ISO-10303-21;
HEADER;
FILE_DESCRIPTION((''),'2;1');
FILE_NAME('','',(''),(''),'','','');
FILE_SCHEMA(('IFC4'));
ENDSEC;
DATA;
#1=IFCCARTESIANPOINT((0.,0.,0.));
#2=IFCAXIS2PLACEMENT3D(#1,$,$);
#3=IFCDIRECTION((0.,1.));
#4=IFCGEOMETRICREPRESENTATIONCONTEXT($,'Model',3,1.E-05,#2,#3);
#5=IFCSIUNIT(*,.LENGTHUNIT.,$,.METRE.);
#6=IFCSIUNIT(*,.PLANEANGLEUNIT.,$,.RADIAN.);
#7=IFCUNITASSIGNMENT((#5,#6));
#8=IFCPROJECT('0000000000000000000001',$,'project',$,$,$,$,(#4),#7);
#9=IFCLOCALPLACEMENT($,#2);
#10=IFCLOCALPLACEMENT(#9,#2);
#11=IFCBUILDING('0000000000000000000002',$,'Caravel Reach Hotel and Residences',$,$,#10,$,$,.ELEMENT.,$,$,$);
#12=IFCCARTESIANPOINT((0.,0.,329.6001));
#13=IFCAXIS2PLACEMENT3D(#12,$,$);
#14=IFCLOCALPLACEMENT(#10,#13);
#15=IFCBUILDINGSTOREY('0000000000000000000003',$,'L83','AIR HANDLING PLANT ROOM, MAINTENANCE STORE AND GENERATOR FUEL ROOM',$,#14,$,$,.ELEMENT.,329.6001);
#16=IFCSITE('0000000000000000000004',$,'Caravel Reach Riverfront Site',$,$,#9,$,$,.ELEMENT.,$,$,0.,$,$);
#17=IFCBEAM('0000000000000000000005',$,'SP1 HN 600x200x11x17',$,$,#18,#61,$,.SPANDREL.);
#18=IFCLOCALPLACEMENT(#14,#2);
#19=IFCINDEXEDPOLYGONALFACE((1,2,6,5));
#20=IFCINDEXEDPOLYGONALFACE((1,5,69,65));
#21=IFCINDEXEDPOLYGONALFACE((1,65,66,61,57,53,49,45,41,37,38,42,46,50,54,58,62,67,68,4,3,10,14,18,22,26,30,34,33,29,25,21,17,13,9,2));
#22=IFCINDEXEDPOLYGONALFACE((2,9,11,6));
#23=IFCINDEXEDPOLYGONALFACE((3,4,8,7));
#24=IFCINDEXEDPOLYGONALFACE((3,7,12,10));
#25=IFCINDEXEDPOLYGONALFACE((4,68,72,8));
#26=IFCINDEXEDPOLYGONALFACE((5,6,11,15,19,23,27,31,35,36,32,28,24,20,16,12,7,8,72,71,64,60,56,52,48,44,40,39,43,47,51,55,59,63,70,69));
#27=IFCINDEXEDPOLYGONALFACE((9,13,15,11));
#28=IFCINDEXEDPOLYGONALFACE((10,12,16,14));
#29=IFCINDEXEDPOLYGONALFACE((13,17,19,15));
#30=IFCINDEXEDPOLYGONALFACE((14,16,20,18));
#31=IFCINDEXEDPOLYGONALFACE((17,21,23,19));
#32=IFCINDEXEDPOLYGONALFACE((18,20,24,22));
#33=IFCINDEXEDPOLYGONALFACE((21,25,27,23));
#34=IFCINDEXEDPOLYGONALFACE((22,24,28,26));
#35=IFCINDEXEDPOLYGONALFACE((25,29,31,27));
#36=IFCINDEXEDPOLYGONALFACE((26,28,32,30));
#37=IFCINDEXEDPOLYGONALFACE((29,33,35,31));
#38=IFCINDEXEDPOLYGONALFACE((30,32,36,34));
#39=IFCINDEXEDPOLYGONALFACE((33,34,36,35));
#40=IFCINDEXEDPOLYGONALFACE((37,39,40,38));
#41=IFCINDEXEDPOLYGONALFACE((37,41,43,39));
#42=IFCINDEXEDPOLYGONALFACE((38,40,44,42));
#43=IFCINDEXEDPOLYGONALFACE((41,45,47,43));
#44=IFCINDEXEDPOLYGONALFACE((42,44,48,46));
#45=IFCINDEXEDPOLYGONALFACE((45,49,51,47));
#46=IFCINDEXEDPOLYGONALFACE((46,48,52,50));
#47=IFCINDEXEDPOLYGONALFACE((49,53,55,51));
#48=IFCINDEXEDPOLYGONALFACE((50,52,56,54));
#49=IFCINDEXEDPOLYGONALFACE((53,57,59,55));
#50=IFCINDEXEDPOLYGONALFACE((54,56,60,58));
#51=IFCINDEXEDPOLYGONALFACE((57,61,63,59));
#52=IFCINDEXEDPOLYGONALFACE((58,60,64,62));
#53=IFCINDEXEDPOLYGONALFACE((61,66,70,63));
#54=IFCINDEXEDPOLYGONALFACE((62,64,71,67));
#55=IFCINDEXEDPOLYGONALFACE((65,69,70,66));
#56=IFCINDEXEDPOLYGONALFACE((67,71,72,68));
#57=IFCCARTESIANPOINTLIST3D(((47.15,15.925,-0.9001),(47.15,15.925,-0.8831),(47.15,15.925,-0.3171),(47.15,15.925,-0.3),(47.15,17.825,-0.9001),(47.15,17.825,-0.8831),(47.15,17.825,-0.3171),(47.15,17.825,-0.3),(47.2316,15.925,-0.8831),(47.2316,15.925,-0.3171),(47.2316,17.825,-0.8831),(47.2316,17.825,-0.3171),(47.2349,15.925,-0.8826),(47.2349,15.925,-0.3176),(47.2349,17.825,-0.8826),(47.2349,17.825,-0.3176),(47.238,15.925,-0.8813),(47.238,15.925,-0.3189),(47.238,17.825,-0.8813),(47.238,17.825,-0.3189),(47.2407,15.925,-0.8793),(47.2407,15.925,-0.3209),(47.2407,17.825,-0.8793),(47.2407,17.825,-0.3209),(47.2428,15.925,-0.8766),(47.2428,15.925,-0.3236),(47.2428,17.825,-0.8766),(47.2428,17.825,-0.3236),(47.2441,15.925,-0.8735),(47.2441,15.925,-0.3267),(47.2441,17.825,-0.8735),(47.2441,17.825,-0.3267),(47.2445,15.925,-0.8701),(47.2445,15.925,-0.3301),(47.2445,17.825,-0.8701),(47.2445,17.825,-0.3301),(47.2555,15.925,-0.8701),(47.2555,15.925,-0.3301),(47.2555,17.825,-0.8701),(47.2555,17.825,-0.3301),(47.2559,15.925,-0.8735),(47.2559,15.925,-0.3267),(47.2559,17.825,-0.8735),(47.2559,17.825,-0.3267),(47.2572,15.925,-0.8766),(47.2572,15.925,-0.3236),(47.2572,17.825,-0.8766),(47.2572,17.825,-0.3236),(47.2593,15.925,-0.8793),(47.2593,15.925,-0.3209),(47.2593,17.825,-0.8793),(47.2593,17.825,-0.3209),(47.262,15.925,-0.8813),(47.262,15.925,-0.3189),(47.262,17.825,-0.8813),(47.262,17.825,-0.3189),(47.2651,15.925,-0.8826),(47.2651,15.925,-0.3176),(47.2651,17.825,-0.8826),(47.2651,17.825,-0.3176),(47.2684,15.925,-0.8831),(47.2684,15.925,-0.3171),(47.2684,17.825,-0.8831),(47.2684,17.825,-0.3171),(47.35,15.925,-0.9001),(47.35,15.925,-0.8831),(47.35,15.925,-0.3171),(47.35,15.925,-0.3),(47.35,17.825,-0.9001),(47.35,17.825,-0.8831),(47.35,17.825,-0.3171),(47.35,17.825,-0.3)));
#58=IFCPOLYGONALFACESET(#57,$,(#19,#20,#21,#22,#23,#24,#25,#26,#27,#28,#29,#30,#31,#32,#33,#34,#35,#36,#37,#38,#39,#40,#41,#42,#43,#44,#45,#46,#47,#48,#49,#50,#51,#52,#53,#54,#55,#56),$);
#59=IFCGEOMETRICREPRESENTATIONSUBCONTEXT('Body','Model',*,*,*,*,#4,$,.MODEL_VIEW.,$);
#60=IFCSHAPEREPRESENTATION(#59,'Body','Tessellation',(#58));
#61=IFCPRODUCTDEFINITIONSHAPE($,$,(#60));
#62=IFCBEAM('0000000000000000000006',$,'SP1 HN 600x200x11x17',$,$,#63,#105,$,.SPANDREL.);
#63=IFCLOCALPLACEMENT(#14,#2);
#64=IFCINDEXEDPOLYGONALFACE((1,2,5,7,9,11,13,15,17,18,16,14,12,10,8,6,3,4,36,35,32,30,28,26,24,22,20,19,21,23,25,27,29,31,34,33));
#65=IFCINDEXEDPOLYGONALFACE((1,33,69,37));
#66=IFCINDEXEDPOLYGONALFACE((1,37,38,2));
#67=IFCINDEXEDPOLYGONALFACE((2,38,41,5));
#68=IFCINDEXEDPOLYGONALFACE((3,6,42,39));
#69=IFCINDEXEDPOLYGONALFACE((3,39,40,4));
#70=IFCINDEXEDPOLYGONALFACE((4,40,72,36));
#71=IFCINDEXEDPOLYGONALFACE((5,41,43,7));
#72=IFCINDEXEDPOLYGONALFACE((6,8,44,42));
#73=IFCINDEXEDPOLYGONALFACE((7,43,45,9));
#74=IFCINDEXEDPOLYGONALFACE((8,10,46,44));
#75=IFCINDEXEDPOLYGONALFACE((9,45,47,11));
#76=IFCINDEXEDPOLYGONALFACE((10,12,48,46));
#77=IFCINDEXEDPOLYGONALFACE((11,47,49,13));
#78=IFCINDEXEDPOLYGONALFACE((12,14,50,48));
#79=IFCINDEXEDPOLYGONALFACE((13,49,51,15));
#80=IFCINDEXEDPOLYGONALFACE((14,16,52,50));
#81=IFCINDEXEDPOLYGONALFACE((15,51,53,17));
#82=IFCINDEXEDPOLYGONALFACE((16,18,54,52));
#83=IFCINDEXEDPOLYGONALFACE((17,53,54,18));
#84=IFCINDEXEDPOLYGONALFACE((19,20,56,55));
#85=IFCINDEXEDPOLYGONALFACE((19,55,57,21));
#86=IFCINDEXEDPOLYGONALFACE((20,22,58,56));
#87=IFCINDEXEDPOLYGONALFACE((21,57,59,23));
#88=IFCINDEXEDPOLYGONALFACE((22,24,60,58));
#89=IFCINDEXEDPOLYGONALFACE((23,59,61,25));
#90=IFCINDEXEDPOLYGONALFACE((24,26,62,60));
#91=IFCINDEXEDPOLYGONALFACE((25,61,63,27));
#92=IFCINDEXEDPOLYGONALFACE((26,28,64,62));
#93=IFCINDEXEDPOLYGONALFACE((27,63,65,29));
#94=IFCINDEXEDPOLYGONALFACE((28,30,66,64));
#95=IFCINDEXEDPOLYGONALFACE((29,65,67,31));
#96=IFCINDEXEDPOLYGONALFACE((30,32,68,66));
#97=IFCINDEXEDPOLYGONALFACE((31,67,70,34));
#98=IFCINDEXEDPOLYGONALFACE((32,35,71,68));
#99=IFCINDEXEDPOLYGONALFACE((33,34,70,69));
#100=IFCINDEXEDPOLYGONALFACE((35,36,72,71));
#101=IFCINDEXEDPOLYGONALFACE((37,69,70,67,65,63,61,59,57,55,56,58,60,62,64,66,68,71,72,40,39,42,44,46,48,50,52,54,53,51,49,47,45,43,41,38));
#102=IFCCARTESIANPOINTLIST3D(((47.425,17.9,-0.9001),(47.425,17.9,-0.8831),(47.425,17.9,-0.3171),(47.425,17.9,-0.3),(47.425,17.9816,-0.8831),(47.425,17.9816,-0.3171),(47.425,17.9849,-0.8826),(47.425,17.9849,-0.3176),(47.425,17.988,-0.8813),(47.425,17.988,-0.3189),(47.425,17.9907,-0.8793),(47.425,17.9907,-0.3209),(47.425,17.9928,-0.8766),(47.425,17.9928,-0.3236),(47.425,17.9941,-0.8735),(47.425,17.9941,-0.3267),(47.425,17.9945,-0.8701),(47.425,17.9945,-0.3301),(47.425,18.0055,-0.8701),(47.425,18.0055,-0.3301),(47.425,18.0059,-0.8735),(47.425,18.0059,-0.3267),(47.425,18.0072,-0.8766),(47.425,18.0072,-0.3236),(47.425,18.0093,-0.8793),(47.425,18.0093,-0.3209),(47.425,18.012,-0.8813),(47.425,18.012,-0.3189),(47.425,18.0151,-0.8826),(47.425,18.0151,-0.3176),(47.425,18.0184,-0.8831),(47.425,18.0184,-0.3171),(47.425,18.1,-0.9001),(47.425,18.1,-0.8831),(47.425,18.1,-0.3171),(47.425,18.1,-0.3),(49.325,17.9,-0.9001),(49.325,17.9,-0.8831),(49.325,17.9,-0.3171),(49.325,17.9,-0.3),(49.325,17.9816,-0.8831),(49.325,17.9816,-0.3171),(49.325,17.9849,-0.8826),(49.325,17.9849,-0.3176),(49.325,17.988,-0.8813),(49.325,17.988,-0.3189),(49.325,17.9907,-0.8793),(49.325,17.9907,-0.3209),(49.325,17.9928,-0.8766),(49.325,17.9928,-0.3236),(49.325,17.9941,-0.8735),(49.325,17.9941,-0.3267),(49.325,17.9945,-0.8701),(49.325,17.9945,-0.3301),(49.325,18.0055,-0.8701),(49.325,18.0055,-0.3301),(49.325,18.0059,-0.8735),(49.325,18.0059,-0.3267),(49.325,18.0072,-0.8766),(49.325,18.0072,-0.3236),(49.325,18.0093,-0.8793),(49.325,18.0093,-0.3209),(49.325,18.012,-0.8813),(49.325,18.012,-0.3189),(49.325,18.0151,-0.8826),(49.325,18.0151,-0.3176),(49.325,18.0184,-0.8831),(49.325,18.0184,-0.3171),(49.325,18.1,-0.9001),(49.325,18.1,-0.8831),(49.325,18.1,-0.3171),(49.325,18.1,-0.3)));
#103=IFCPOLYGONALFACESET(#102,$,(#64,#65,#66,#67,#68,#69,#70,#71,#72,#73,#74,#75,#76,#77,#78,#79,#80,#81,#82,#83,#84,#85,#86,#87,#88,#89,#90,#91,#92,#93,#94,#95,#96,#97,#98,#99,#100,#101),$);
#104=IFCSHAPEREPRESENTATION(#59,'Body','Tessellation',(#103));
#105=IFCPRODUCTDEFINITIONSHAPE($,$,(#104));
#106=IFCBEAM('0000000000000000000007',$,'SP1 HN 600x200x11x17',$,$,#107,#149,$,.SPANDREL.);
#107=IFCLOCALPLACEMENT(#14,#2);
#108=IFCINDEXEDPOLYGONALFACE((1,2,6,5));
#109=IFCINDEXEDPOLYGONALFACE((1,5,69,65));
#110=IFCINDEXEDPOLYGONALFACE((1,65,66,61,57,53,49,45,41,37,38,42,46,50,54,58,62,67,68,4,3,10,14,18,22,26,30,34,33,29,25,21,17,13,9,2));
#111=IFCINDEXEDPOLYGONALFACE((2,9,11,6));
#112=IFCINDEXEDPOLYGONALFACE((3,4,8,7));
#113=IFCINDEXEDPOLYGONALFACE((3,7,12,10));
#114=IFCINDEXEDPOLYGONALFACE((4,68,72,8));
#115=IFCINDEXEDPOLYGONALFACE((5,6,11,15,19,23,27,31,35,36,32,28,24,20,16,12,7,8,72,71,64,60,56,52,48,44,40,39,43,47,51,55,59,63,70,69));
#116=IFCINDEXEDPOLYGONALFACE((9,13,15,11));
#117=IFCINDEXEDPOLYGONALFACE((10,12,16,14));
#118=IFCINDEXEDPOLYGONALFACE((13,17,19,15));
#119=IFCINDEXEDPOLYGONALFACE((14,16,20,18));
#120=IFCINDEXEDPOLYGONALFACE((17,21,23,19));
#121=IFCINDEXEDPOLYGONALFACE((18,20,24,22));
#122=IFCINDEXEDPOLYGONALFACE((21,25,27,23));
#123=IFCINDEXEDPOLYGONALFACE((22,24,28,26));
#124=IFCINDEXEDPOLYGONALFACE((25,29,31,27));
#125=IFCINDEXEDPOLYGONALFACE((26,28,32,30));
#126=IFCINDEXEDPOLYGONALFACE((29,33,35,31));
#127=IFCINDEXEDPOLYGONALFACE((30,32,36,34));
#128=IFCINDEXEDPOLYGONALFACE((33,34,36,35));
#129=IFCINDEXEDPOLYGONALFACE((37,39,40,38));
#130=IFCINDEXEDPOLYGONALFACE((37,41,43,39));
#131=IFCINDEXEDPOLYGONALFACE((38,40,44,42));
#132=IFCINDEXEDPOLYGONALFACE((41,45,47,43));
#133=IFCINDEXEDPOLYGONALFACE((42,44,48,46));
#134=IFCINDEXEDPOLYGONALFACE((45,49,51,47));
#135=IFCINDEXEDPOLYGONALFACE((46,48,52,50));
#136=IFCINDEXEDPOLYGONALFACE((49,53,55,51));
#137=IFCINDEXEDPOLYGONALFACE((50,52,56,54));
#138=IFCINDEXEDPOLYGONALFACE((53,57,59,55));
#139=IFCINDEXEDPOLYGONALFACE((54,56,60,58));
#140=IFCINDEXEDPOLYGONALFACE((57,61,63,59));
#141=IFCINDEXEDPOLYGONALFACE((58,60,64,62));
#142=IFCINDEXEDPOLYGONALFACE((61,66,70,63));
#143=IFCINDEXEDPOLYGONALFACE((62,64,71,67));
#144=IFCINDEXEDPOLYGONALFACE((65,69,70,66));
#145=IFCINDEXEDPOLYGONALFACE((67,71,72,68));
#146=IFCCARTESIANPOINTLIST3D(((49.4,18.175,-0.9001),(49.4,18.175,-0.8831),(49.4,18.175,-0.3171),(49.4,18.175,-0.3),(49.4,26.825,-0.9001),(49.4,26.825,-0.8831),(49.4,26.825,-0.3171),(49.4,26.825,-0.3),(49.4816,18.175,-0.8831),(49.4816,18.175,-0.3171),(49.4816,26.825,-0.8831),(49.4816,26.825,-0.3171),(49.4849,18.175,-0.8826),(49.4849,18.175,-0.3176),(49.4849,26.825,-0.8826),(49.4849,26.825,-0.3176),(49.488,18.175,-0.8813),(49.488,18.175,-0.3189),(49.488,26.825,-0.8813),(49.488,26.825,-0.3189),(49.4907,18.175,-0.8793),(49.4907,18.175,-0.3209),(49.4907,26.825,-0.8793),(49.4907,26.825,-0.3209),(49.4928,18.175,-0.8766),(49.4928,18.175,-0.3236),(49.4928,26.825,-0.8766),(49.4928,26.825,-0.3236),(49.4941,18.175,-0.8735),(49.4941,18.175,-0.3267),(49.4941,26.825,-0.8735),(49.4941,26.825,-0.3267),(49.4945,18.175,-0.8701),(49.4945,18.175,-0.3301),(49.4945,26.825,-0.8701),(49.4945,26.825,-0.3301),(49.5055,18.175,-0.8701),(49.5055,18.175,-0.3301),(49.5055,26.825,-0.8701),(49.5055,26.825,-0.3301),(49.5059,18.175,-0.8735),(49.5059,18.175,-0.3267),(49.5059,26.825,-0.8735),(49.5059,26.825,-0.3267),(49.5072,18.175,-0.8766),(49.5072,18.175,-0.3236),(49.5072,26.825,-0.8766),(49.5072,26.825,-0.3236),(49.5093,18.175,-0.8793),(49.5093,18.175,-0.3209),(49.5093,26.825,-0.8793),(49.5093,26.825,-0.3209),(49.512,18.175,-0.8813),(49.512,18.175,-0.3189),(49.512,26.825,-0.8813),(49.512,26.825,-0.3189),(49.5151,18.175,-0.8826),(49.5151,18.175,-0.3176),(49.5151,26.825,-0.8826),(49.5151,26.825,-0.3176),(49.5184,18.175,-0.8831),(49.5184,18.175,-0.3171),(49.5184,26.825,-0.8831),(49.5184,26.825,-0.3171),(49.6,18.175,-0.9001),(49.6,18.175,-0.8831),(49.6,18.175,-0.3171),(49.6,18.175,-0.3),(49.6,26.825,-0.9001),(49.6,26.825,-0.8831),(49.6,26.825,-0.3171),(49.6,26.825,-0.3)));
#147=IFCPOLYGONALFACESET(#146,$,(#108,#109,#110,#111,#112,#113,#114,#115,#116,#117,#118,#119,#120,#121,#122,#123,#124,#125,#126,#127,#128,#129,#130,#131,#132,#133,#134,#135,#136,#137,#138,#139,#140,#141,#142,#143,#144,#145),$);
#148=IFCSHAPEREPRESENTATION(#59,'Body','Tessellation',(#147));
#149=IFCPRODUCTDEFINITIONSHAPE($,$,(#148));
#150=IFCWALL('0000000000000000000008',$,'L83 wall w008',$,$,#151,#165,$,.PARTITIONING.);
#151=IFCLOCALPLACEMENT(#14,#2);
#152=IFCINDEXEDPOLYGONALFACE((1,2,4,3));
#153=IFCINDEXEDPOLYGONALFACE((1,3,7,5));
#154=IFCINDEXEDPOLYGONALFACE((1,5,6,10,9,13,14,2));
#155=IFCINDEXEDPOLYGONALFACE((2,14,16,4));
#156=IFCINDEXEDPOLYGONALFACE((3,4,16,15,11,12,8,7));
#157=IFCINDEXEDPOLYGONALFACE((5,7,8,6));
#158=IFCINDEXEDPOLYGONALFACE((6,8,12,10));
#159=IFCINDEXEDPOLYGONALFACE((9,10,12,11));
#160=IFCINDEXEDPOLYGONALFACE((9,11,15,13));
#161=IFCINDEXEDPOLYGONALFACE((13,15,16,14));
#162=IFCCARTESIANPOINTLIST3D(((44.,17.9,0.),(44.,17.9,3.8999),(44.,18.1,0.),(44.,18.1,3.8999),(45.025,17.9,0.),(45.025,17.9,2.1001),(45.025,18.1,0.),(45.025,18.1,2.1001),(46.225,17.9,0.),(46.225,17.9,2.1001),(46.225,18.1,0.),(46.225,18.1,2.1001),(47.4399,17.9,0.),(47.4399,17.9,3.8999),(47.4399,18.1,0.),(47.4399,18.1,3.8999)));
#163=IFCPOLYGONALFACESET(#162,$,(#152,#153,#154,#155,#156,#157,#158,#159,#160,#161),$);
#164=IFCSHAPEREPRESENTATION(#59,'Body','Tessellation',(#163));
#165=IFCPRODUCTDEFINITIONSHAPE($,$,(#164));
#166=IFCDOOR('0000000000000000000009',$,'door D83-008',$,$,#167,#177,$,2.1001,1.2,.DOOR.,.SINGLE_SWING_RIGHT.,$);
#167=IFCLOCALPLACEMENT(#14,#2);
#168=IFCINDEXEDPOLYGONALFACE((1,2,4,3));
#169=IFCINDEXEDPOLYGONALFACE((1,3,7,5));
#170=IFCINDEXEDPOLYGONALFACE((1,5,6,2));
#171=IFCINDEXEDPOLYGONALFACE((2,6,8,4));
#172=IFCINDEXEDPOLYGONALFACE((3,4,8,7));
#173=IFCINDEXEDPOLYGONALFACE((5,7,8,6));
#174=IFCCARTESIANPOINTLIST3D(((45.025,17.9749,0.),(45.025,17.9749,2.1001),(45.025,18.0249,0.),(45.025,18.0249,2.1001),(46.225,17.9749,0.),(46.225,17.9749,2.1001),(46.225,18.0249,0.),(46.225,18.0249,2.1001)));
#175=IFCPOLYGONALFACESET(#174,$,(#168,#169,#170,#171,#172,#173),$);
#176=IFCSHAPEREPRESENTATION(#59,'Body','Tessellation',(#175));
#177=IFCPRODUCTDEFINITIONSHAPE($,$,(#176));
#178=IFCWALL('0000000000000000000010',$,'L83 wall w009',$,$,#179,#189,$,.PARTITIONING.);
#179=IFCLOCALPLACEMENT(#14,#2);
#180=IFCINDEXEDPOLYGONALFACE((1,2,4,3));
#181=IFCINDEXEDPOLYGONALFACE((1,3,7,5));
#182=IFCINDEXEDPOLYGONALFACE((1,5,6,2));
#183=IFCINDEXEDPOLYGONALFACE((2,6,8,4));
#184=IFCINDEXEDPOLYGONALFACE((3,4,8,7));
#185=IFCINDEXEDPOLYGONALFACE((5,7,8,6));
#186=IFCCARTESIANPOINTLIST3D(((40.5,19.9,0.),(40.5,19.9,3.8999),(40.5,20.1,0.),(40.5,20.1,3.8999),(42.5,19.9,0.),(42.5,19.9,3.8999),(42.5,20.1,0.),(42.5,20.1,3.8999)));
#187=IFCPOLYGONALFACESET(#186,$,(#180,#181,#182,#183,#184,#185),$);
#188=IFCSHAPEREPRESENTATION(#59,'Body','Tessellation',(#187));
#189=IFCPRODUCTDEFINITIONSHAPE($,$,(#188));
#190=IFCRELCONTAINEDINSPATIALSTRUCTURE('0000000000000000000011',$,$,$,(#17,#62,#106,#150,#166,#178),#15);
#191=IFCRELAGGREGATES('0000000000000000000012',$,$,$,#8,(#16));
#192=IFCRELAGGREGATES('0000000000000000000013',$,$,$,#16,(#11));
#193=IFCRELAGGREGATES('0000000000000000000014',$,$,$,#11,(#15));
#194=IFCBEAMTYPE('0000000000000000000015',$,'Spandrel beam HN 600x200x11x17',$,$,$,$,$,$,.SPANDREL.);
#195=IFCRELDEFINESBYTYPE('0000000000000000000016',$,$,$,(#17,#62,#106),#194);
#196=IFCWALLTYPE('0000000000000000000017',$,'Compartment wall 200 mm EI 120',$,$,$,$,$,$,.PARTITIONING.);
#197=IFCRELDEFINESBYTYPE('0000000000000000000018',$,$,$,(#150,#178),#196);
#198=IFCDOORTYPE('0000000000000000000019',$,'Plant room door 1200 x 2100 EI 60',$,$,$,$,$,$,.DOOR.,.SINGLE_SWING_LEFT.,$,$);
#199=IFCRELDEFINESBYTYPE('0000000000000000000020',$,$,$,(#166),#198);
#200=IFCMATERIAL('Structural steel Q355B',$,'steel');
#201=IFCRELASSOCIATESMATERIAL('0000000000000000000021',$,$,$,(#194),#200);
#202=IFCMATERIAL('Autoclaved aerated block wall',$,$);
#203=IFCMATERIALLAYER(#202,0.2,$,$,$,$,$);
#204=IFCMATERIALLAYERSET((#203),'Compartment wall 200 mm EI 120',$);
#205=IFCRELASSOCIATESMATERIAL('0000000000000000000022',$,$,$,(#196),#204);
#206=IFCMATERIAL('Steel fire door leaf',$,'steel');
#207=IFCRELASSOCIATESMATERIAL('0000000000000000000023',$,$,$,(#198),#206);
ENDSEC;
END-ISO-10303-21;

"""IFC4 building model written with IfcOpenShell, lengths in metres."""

from ifc_helpers import new_model, si_unit, direction, frame, frame_2d, origin, origin_2d, place, context, subcontext, project, spatial, rectangle, i_section, extrude, material, layer, layer_set, material_profile, profile_set, type_object, element, fill, save


model = new_model("IFC4")

# Units and contexts
model_context = context("Model", 3, precision=1e-05, world=origin(), true_north=direction((0.0, 1.0)))
body_context = subcontext(model_context, "Body", "Model", "MODEL_VIEW")
ifc_project = project(units=[si_unit("LENGTHUNIT", "METRE"), si_unit("PLANEANGLEUNIT", "RADIAN")], contexts=[model_context])

# Site, building, storey
site_placement = place(None, origin())
site = spatial("IfcSite", under=ifc_project, at=site_placement, Name="Caravel Reach Riverfront Site", CompositionType="ELEMENT", RefElevation=0.0)
building_placement = place(site_placement, origin())
building = spatial("IfcBuilding", under=site, at=building_placement, Name="Caravel Reach Hotel and Residences", CompositionType="ELEMENT")
storey_placement = place(building_placement, frame((0.0, 0.0, 329.6001)))
storey = spatial("IfcBuildingStorey", under=building, at=storey_placement, Name="L83", Description="AIR HANDLING PLANT ROOM, MAINTENANCE STORE AND GENERATOR FUEL ROOM", CompositionType="ELEMENT", Elevation=329.6001)

# Beams
ifc_material_1 = material(Name="Structural steel Q355B", Category="steel")
ifc_material_profile_1 = material_profile(ifc_material_1, i_section(OverallWidth=0.2, OverallDepth=0.6001, WebThickness=0.011, FlangeThickness=0.0171, FilletRadius=0.0129, at=origin_2d()), Name="HN 600x200x11x17")
ifc_profile_set_1 = profile_set([ifc_material_profile_1], Name="Structural steel Q355B")
beam_type_1 = type_object("IfcBeamType", Name="Spandrel beam HN 600x200x11x17", PredefinedType="SPANDREL", material=ifc_profile_set_1)
for number, where, z_axis, x_axis, name in (
    (1, (47.25, 15.925, -0.6001), (0.0, 1.0, 0.0), (-1.0, 0.0, 0.0), "SP1 HN 600x200x11x17"),
    (2, (47.425, 18.0, -0.6001), (1.0, 0.0, 0.0), (0.0, 1.0, 0.0), "SP1 HN 600x200x11x17"),
):
    element("IfcBeam", number, at=place(storey_placement, frame(where, z_axis=z_axis, x_axis=x_axis)), inside=storey, type_object=beam_type_1, Name=name, PredefinedType="SPANDREL", context=body_context, shape_type="SweptSolid", body=[
        extrude(i_section(OverallWidth=0.2, OverallDepth=0.6001, WebThickness=0.011, FlangeThickness=0.0171, FilletRadius=0.0129, at=origin_2d()), origin(), (0.0, 0.0, 1.0), 1.8999),
    ])
beam_1_placement = place(storey_placement, frame((49.5, 18.175, -0.6001), z_axis=(0.0, 1.0, 0.0), x_axis=(-1.0, 0.0, 0.0)))
element("IfcBeam", 3, at=beam_1_placement, inside=storey, type_object=beam_type_1, Name="SP1 HN 600x200x11x17", PredefinedType="SPANDREL", context=body_context, shape_type="SweptSolid", body=[
    extrude(i_section(OverallWidth=0.2, OverallDepth=0.6001, WebThickness=0.011, FlangeThickness=0.0171, FilletRadius=0.0129, at=origin_2d()), origin(), (0.0, 0.0, 1.0), 8.6499),
])

# Wall, opening, door
ifc_material_2 = material(Name="Autoclaved aerated block wall")
ifc_layer_1 = layer(ifc_material_2, 0.2)
ifc_layer_set_1 = layer_set([ifc_layer_1], Name="Compartment wall 200 mm EI 120")
wall_type_1 = type_object("IfcWallType", Name="Compartment wall 200 mm EI 120", PredefinedType="PARTITIONING", material=ifc_layer_set_1)
wall_1_placement = place(storey_placement, frame((44.0, 18.0, 0.0), z_axis=(0.0, 0.0, 1.0), x_axis=(1.0, 0.0, 0.0)))
wall_1 = element("IfcWall", 4, at=wall_1_placement, inside=storey, type_object=wall_type_1, Name="L83 wall w008", PredefinedType="PARTITIONING", context=body_context, shape_type="SweptSolid", body=[
    extrude(rectangle(XDim=3.4399, YDim=0.2, at=frame_2d((1.72, 0.0))), origin(), (0.0, 0.0, 1.0), 3.8999),
])
opening_1_placement = place(wall_1_placement, frame((1.0249, 0.0, 0.0)))
opening_1 = element("IfcOpeningElement", 5, at=opening_1_placement, cuts=wall_1, PredefinedType="OPENING", context=body_context, shape_type="SweptSolid", body=[
    extrude(rectangle(XDim=1.2, YDim=2.1001, at=frame_2d((0.6001, 1.05))), frame((0.0, 0.1099, 0.0), z_axis=(0.0, -1.0, 0.0), x_axis=(1.0, 0.0, 0.0)), (0.0, 0.0, 1.0), 0.22),
])
ifc_material_3 = material(Name="Steel fire door leaf", Category="steel")
door_type_1 = type_object("IfcDoorType", Name="Plant room door 1200 x 2100 EI 60", OperationType="SINGLE_SWING_LEFT", PredefinedType="DOOR", material=ifc_material_3)
door_1_placement = place(opening_1_placement, origin())
door_1 = element("IfcDoor", 6, at=door_1_placement, inside=storey, type_object=door_type_1, Name="door D83-008", OperationType="SINGLE_SWING_RIGHT", OverallHeight=2.1001, OverallWidth=1.2, PredefinedType="DOOR", context=body_context, shape_type="SweptSolid", body=[
    extrude(rectangle(XDim=1.2, YDim=2.1001, at=frame_2d((0.6001, 1.05))), frame((0.0, 0.0249, 0.0), z_axis=(0.0, -1.0, 0.0), x_axis=(1.0, 0.0, 0.0)), (0.0, 0.0, 1.0), 0.05),
])
fill(opening_1, door_1)

# Wall
wall_2_placement = place(storey_placement, frame((40.5, 20.0, 0.0), z_axis=(0.0, 0.0, 1.0), x_axis=(1.0, 0.0, 0.0)))
element("IfcWall", 7, at=wall_2_placement, inside=storey, type_object=wall_type_1, Name="L83 wall w009", PredefinedType="PARTITIONING", context=body_context, shape_type="SweptSolid", body=[
    extrude(rectangle(XDim=2.0, YDim=0.2, at=frame_2d((1.0, 0.0))), origin(), (0.0, 0.0, 1.0), 3.8999),
])

save(model, "model.ifc")
